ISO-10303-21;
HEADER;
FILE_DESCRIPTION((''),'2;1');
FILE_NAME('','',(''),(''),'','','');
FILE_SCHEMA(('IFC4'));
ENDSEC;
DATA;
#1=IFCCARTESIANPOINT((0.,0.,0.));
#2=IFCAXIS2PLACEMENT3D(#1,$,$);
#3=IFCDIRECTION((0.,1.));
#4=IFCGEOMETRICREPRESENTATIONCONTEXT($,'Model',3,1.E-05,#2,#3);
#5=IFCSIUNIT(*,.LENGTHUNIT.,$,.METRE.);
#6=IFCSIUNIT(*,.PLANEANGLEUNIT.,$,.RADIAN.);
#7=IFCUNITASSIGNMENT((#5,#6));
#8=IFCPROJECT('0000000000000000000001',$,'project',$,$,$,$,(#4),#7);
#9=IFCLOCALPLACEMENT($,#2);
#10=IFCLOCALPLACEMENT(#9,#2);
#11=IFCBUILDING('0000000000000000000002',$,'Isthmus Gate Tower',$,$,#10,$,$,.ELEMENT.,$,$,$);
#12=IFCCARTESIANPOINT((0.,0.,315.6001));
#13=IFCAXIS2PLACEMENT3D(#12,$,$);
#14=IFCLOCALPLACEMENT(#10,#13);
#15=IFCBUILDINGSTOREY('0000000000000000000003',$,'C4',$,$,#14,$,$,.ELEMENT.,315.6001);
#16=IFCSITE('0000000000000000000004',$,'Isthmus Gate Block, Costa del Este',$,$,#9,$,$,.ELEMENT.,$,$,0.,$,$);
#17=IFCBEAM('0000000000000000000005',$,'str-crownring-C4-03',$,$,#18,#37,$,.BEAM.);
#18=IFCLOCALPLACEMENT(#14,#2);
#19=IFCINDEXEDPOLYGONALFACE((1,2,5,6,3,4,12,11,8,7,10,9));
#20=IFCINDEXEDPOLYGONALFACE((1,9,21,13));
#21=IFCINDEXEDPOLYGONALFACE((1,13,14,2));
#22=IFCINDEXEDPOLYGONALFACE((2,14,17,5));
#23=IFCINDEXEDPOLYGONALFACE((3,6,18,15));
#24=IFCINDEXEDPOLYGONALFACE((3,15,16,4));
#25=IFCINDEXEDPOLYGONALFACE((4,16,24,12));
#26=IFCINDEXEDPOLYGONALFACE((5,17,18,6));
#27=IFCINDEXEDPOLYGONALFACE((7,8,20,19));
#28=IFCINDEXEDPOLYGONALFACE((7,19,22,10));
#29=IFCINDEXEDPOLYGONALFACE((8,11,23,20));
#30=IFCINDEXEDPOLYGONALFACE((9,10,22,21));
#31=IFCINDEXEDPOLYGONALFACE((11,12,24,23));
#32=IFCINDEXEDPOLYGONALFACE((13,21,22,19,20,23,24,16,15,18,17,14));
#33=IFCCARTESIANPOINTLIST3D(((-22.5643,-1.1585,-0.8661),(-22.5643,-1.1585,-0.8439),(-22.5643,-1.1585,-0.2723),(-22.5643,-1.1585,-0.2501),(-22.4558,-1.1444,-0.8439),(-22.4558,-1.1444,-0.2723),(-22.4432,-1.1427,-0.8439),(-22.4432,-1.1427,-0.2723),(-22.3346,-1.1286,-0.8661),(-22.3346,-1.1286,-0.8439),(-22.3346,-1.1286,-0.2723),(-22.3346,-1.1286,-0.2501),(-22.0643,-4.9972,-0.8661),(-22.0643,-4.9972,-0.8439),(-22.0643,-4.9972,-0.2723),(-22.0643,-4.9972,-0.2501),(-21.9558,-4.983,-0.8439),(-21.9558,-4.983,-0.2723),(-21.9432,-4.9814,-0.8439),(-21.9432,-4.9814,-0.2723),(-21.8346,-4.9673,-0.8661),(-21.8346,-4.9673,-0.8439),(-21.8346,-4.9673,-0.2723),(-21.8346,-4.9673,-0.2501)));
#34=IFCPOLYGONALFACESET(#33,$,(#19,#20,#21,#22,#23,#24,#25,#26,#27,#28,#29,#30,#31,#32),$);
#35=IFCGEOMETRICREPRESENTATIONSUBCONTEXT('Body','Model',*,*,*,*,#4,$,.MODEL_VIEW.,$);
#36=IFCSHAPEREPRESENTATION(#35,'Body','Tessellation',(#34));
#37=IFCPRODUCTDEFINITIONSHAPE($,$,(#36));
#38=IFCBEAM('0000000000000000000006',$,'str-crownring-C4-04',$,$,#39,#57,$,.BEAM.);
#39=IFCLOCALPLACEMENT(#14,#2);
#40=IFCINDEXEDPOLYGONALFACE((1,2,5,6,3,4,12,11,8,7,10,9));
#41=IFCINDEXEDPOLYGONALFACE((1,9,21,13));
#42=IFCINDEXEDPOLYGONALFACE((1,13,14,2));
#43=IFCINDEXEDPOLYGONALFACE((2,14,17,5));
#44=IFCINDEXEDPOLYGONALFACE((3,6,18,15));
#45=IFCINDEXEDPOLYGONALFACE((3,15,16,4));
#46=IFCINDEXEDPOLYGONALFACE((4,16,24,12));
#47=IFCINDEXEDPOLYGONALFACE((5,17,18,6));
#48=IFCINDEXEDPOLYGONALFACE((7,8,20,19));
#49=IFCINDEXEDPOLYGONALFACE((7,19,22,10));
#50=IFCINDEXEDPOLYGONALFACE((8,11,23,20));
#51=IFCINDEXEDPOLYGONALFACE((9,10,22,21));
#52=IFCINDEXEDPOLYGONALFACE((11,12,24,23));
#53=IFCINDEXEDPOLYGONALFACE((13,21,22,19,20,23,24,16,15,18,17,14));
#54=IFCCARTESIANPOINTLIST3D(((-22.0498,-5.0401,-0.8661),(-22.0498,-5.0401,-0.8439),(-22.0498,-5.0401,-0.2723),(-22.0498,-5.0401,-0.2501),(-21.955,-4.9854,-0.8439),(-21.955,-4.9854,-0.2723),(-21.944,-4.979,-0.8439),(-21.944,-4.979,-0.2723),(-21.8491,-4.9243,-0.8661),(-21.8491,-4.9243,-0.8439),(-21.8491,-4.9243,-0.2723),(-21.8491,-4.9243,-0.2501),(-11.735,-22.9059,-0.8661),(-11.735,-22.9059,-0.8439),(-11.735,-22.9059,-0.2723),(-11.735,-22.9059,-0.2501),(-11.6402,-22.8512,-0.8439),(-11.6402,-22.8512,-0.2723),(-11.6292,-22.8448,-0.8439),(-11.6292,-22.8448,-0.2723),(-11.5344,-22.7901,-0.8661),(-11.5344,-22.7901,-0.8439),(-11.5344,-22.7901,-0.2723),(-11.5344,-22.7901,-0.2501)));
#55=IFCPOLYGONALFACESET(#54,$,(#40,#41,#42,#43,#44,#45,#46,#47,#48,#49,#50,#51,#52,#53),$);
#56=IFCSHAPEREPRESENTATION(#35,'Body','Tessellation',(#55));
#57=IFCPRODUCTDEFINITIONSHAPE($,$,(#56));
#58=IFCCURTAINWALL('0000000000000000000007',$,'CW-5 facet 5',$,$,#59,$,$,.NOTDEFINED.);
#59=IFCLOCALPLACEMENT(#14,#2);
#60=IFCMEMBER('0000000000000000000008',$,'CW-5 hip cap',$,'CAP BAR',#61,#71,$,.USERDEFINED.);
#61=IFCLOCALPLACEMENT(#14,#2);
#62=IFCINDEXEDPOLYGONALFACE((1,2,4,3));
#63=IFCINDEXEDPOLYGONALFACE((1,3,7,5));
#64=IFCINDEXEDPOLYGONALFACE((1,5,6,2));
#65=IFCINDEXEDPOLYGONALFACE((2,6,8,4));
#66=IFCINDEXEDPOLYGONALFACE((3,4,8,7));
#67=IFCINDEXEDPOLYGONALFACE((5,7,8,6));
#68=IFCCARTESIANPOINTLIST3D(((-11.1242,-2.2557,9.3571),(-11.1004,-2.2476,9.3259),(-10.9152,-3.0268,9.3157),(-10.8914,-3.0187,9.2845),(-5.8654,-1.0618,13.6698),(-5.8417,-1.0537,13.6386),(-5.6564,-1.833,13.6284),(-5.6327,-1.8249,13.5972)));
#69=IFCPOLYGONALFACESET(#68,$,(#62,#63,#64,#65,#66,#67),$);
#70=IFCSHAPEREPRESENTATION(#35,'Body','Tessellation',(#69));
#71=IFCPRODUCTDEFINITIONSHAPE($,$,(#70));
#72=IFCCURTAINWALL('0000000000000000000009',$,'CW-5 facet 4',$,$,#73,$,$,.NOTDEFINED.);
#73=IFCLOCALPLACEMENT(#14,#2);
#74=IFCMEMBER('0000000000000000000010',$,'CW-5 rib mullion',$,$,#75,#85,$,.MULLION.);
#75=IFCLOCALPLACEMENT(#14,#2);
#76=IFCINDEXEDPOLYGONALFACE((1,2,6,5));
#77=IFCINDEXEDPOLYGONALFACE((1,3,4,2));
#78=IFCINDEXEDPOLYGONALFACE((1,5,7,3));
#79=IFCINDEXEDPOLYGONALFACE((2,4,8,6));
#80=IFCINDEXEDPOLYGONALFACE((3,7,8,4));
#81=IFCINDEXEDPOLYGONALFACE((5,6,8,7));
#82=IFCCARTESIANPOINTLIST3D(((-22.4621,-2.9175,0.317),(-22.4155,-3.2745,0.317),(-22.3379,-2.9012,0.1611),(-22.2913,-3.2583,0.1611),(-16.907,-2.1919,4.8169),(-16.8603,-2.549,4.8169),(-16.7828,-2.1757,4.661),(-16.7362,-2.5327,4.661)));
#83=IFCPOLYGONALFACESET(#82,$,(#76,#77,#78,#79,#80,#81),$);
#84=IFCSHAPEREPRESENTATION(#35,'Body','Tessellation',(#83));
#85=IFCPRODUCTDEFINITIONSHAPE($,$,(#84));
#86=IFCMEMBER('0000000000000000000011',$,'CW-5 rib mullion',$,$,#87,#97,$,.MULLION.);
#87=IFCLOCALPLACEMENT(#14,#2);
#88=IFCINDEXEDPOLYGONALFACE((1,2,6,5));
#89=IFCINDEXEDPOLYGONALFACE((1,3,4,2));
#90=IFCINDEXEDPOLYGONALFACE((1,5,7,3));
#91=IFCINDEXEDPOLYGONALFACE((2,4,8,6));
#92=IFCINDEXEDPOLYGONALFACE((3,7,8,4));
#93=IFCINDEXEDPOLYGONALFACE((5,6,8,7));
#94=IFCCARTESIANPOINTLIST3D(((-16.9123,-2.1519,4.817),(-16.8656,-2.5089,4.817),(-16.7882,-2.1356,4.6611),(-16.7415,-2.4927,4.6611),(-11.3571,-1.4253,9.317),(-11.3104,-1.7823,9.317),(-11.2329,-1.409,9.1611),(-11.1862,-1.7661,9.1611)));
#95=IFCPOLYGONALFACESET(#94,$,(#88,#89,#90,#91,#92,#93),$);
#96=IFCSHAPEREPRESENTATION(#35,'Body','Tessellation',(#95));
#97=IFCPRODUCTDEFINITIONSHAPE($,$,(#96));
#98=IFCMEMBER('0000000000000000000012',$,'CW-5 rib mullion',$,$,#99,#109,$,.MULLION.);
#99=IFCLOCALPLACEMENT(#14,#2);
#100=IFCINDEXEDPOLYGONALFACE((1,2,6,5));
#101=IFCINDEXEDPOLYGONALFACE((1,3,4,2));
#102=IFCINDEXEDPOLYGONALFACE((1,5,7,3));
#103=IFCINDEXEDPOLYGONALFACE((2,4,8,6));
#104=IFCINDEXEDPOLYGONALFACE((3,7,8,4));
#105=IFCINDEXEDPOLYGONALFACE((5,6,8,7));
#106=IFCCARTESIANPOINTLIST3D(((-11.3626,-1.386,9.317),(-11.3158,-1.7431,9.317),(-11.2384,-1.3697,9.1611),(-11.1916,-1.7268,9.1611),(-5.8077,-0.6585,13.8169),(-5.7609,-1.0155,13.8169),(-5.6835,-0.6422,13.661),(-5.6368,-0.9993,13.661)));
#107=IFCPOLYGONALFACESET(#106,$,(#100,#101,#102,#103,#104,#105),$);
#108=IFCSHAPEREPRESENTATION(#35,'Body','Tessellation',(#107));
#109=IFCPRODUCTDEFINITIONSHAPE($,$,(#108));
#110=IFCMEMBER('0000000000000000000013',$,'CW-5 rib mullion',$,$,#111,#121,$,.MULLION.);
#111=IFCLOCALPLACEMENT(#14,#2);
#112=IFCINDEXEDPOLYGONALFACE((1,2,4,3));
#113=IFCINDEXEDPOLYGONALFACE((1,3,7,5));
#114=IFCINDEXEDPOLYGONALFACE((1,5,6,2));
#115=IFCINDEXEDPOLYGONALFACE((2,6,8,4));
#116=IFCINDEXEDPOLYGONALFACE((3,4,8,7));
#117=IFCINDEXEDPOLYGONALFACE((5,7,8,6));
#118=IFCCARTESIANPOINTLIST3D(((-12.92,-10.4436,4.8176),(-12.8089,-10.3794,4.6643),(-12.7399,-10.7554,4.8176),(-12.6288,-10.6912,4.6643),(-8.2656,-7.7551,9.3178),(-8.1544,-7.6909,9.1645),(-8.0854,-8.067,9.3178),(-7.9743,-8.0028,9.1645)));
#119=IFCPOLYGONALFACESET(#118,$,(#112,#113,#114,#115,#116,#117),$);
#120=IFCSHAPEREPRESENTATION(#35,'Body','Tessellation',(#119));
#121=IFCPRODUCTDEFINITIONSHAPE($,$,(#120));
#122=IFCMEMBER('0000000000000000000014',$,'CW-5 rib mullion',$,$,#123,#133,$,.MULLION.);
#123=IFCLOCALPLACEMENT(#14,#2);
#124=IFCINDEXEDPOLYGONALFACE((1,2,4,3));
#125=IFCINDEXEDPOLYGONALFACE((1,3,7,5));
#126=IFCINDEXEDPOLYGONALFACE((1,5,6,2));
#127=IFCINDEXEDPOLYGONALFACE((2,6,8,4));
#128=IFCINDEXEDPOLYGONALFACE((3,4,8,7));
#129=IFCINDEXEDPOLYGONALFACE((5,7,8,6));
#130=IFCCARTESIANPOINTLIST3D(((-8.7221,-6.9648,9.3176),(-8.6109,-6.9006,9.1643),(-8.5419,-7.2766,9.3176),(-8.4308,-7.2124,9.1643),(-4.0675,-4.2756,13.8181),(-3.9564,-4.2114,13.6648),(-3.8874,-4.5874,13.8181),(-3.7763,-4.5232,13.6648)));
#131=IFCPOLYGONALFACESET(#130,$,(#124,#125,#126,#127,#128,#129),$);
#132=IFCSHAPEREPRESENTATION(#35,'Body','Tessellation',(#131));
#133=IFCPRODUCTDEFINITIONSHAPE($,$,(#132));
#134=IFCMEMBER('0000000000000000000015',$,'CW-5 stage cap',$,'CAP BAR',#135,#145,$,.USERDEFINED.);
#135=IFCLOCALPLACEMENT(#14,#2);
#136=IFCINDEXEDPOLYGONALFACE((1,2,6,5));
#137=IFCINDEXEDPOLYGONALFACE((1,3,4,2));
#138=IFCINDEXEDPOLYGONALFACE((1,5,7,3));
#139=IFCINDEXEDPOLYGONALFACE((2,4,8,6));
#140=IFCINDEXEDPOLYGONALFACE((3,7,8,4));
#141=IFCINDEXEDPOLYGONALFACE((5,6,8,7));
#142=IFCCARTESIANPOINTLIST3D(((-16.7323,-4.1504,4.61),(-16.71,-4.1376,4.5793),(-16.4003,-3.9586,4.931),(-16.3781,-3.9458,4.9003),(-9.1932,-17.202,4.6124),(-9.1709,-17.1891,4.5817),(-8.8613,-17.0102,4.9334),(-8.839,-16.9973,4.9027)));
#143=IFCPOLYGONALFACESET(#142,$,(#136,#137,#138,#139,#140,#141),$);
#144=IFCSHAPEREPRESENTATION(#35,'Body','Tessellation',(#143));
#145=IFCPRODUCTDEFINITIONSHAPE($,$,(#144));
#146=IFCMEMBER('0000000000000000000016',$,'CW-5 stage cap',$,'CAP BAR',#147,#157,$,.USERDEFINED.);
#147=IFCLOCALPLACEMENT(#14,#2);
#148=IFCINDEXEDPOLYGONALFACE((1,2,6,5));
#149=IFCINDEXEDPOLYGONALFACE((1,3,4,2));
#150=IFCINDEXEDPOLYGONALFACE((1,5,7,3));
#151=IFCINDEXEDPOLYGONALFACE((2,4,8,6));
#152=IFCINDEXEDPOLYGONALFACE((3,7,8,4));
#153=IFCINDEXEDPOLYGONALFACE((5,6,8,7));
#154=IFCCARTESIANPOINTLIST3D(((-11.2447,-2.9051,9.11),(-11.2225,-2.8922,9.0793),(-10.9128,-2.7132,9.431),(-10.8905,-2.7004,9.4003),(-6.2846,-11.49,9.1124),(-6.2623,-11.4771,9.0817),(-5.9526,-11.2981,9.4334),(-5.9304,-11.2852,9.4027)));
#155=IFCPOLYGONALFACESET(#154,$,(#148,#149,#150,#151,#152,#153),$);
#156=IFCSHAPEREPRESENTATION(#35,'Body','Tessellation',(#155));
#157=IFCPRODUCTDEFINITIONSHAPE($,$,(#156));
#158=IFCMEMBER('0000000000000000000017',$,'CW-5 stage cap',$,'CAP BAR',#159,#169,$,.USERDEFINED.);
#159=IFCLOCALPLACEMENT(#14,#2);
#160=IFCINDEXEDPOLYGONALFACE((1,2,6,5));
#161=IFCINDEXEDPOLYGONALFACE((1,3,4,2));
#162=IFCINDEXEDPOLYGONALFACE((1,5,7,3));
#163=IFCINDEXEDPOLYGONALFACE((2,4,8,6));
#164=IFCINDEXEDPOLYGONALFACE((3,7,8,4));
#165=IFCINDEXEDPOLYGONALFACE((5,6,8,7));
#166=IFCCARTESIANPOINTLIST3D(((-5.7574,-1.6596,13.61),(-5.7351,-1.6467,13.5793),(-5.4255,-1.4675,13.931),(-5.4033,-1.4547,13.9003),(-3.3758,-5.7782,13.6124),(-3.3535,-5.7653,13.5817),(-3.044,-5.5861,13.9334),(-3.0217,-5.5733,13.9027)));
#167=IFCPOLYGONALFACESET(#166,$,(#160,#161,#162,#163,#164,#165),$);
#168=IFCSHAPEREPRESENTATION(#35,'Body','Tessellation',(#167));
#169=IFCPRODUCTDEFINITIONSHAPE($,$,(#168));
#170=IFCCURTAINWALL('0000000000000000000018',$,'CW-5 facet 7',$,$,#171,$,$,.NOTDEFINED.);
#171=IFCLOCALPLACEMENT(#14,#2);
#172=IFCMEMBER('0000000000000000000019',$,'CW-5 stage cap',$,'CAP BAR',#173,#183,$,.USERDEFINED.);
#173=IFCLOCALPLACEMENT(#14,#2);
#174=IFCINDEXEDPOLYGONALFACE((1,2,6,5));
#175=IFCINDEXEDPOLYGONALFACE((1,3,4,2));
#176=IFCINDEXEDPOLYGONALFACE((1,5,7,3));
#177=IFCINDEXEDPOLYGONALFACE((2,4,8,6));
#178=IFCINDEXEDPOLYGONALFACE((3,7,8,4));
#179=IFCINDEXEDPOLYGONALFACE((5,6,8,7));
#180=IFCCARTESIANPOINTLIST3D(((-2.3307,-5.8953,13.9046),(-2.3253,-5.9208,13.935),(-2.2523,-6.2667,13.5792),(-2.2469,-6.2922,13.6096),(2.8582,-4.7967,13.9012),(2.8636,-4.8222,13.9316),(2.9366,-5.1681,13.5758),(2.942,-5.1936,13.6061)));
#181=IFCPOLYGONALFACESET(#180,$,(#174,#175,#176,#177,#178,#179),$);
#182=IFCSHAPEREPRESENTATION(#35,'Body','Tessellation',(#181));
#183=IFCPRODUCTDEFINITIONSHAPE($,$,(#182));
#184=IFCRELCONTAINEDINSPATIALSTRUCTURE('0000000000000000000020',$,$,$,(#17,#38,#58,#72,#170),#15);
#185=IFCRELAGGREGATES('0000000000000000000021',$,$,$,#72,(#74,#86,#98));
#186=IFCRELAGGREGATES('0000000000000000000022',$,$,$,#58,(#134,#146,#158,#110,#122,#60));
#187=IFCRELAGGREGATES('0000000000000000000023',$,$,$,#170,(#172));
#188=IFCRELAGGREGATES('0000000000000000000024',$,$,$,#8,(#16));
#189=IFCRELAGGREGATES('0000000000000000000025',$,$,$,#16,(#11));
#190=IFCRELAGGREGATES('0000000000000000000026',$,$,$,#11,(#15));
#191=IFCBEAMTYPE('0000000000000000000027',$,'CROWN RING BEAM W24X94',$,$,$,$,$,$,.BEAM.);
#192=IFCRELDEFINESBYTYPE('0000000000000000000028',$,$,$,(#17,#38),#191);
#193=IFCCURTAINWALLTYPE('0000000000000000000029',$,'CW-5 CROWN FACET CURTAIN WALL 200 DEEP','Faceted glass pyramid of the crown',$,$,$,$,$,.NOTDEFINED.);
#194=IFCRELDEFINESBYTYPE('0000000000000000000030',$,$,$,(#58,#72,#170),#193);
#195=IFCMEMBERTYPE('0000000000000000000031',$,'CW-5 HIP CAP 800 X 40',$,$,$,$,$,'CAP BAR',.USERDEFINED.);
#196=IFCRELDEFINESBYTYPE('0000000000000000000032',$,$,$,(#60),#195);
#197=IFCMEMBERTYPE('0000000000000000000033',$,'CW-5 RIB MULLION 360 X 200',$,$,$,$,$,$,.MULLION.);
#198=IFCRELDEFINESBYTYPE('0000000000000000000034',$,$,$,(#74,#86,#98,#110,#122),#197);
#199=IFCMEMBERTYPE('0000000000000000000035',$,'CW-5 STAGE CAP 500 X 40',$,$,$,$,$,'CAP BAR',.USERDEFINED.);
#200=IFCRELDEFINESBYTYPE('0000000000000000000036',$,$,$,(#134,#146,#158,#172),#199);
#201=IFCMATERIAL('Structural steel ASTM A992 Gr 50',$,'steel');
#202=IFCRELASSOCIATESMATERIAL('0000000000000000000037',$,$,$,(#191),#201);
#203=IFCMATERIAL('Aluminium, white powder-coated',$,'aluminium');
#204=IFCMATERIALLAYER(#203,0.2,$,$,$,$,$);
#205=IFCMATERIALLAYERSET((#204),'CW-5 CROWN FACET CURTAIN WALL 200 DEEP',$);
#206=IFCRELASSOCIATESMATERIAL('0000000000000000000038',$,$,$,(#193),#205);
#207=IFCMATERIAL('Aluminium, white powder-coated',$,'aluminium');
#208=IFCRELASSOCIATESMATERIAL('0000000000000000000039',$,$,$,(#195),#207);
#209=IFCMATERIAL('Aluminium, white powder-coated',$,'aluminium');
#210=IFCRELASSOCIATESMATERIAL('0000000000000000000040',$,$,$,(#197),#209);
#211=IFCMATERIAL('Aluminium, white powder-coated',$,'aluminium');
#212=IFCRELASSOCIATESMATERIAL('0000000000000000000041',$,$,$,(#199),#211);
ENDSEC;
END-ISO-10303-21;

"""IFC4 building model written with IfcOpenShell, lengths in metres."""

from ifc_helpers import new_model, si_unit, direction, frame, origin, origin_2d, place, context, subcontext, project, spatial, rectangle, i_section, extrude, material, layer, layer_set, material_profile, profile_set, type_object, element, aggregate, save


model = new_model("IFC4")

# Units and contexts
model_context = context("Model", 3, precision=1e-05, world=origin(), true_north=direction((0.0, 1.0)))
body_context = subcontext(model_context, "Body", "Model", "MODEL_VIEW")
ifc_project = project(units=[si_unit("LENGTHUNIT", "METRE"), si_unit("PLANEANGLEUNIT", "RADIAN")], contexts=[model_context])

# Site, building, storey
site_placement = place(None, origin())
site = spatial("IfcSite", under=ifc_project, at=site_placement, Name="Isthmus Gate Block, Costa del Este", CompositionType="ELEMENT", RefElevation=0.0)
building_placement = place(site_placement, origin())
building = spatial("IfcBuilding", under=site, at=building_placement, Name="Isthmus Gate Tower", CompositionType="ELEMENT")
storey_placement = place(building_placement, frame((0.0, 0.0, 315.6001)))
storey = spatial("IfcBuildingStorey", under=building, at=storey_placement, Name="C4", CompositionType="ELEMENT", Elevation=315.6001)

# Beams
ifc_material_1 = material(Name="Structural steel ASTM A992 Gr 50", Category="steel")
ifc_material_profile_1 = material_profile(ifc_material_1, i_section(OverallWidth=0.2317, OverallDepth=0.616, WebThickness=0.0127, FlangeThickness=0.0222, at=origin_2d()), Name="W24X94")
ifc_profile_set_1 = profile_set([ifc_material_profile_1], Name="Structural steel ASTM A992 Gr 50")
beam_type = type_object("IfcBeamType", Name="CROWN RING BEAM W24X94", PredefinedType="BEAM", material=ifc_profile_set_1)
beam_1_placement = place(storey_placement, frame((-22.4495, -1.1436, -0.5581), z_axis=(0.129164, -0.991623, 0.0), x_axis=(0.991623, 0.129164, 0.0)))
element("IfcBeam", 1, at=beam_1_placement, inside=storey, type_object=beam_type, Name="str-crownring-C4-03", PredefinedType="BEAM", context=body_context, shape_type="SweptSolid", body=[
    extrude(i_section(OverallWidth=0.2317, OverallDepth=0.616, WebThickness=0.0127, FlangeThickness=0.0222, at=origin_2d()), origin(), (0.0, 0.0, 1.0), 3.8711),
])
beam_2_placement = place(storey_placement, frame((-21.9495, -4.9822, -0.5581), z_axis=(0.499997, -0.866027, 0.0), x_axis=(0.866027, 0.499997, 0.0)))
element("IfcBeam", 2, at=beam_2_placement, inside=storey, type_object=beam_type, Name="str-crownring-C4-04", PredefinedType="BEAM", context=body_context, shape_type="SweptSolid", body=[
    extrude(i_section(OverallWidth=0.2317, OverallDepth=0.616, WebThickness=0.0127, FlangeThickness=0.0222, at=origin_2d()), origin(), (0.0, 0.0, 1.0), 20.6296),
])

# Curtain wall, member
ifc_material_2 = material(Name="Aluminium, white powder-coated", Category="aluminium")
ifc_layer_1 = layer(ifc_material_2, 0.2)
ifc_layer_set_1 = layer_set([ifc_layer_1], Name="CW-5 CROWN FACET CURTAIN WALL 200 DEEP")
curtain_wall_type = type_object("IfcCurtainWallType", Name="CW-5 CROWN FACET CURTAIN WALL 200 DEEP", Description="Faceted glass pyramid of the crown", PredefinedType="NOTDEFINED", material=ifc_layer_set_1)
curtain_wall_1_placement = place(storey_placement, origin())
curtain_wall_1 = element("IfcCurtainWall", 3, at=curtain_wall_1_placement, inside=storey, type_object=curtain_wall_type, Name="CW-5 facet 5", PredefinedType="NOTDEFINED")
ifc_material_3 = material(Name="Aluminium, white powder-coated", Category="aluminium")
ifc_material_profile_2 = material_profile(ifc_material_3, rectangle(XDim=0.8, YDim=0.04, at=origin_2d()), Name="800x40")
ifc_profile_set_2 = profile_set([ifc_material_profile_2], Name="Aluminium, white powder-coated")
member_type_1 = type_object("IfcMemberType", Name="CW-5 HIP CAP 800 X 40", ElementType="CAP BAR", PredefinedType="USERDEFINED", material=ifc_profile_set_2)
placement_1 = place(building_placement, frame((0.0, 0.0, 324.6001)))
member_1_placement = place(placement_1, frame((-11.0078, -2.6372, 0.3208), z_axis=(0.761585, 0.172895, 0.624577), x_axis=(-0.261221, 0.963894, 0.051699)))
member_1 = element("IfcMember", 4, at=member_1_placement, type_object=member_type_1, Name="CW-5 hip cap", ObjectType="CAP BAR", PredefinedType="USERDEFINED", context=body_context, shape_type="SweptSolid", body=[
    extrude(rectangle(XDim=0.8, YDim=0.04, at=origin_2d()), origin(), (0.0, 0.0, 1.0), 6.905),
])

# Curtain wall, members
curtain_wall_2_placement = place(storey_placement, origin())
curtain_wall_2 = element("IfcCurtainWall", 5, at=curtain_wall_2_placement, inside=storey, type_object=curtain_wall_type, Name="CW-5 facet 4", PredefinedType="NOTDEFINED")
ifc_material_4 = material(Name="Aluminium, white powder-coated", Category="aluminium")
ifc_material_profile_3 = material_profile(ifc_material_4, rectangle(XDim=0.3601, YDim=0.2, at=origin_2d()), Name="360x200")
ifc_profile_set_3 = profile_set([ifc_material_profile_3], Name="Aluminium, white powder-coated")
member_type_2 = type_object("IfcMemberType", Name="CW-5 RIB MULLION 360 X 200", PredefinedType="MULLION", material=ifc_profile_set_3)
member_2_placement = place(storey_placement, frame((-22.3767, -3.0879, 0.239), z_axis=(0.773071, 0.100974, 0.626231), x_axis=(-0.129514, 0.991578, 0.0)))
member_2 = element("IfcMember", 6, at=member_2_placement, type_object=member_type_2, Name="CW-5 rib mullion", PredefinedType="MULLION", context=body_context, shape_type="SweptSolid", body=[
    extrude(rectangle(XDim=0.3601, YDim=0.2, at=origin_2d()), origin(), (0.0, 0.0, 1.0), 7.1858),
])
placement_2 = place(building_placement, frame((0.0, 0.0, 320.1001)))
member_3_placement = place(placement_2, frame((-16.8269, -2.3223, 0.239), z_axis=(0.773061, 0.101109, 0.626222), x_axis=(-0.129686, 0.991555, 0.0)))
member_3 = element("IfcMember", 7, at=member_3_placement, type_object=member_type_2, Name="CW-5 rib mullion", PredefinedType="MULLION", context=body_context, shape_type="SweptSolid", body=[
    extrude(rectangle(XDim=0.3601, YDim=0.2, at=origin_2d()), origin(), (0.0, 0.0, 1.0), 7.186),
])
member_4_placement = place(placement_1, frame((-11.2771, -1.5564, 0.239), z_axis=(0.773036, 0.101246, 0.62623), x_axis=(-0.129863, 0.991532, 0.0)))
member_4 = element("IfcMember", 8, at=member_4_placement, type_object=member_type_2, Name="CW-5 rib mullion", PredefinedType="MULLION", context=body_context, shape_type="SweptSolid", body=[
    extrude(rectangle(XDim=0.3601, YDim=0.2, at=origin_2d()), origin(), (0.0, 0.0, 1.0), 7.1858),
])

# Members
member_5_placement = place(placement_2, frame((-12.7744, -10.5674, 0.241), z_axis=(0.663954, 0.383502, 0.641944), x_axis=(-0.500164, 0.865931, 0.0)))
member_5 = element("IfcMember", 9, at=member_5_placement, type_object=member_type_2, Name="CW-5 rib mullion", PredefinedType="MULLION", context=body_context, shape_type="SweptSolid", body=[
    extrude(rectangle(XDim=0.3601, YDim=0.2, at=origin_2d()), origin(), (0.0, 0.0, 1.0), 7.0103),
])
member_6_placement = place(placement_1, frame((-8.5764, -7.0886, 0.241), z_axis=(0.663912, 0.383582, 0.641939), x_axis=(-0.500266, 0.865872, 0.0)))
member_6 = element("IfcMember", 10, at=member_6_placement, type_object=member_type_2, Name="CW-5 rib mullion", PredefinedType="MULLION", context=body_context, shape_type="SweptSolid", body=[
    extrude(rectangle(XDim=0.3601, YDim=0.2, at=origin_2d()), origin(), (0.0, 0.0, 1.0), 7.0107),
])
ifc_material_5 = material(Name="Aluminium, white powder-coated", Category="aluminium")
ifc_material_profile_4 = material_profile(ifc_material_5, rectangle(XDim=0.5, YDim=0.04, at=origin_2d()), Name="500x40")
ifc_profile_set_4 = profile_set([ifc_material_profile_4], Name="Aluminium, white powder-coated")
member_type_3 = type_object("IfcMemberType", Name="CW-5 STAGE CAP 500 X 40", ElementType="CAP BAR", PredefinedType="USERDEFINED", material=ifc_profile_set_4)
member_7_placement = place(storey_placement, frame((-16.5552, -4.0481, 4.7551), z_axis=(0.500187, -0.865917, 0.000162), x_axis=(0.663897, 0.383613, 0.641937)))
member_7 = element("IfcMember", 11, at=member_7_placement, type_object=member_type_3, Name="CW-5 stage cap", ObjectType="CAP BAR", PredefinedType="USERDEFINED", context=body_context, shape_type="SweptSolid", body=[
    extrude(rectangle(XDim=0.5, YDim=0.04, at=origin_2d()), origin(), (0.0, 0.0, 1.0), 15.0725),
])
member_8_placement = place(placement_2, frame((-11.0676, -2.8027, 4.7551), z_axis=(0.500278, -0.865865, 0.000246), x_axis=(0.663829, 0.383729, 0.641937)))
member_8 = element("IfcMember", 12, at=member_8_placement, type_object=member_type_3, Name="CW-5 stage cap", ObjectType="CAP BAR", PredefinedType="USERDEFINED", context=body_context, shape_type="SweptSolid", body=[
    extrude(rectangle(XDim=0.5, YDim=0.04, at=origin_2d()), origin(), (0.0, 0.0, 1.0), 9.9148),
])
member_9_placement = place(placement_1, frame((-5.5803, -1.5571, 4.7551), z_axis=(0.500581, -0.86569, 0.000513), x_axis=(0.663609, 0.38411, 0.641936)))
member_9 = element("IfcMember", 13, at=member_9_placement, type_object=member_type_3, Name="CW-5 stage cap", ObjectType="CAP BAR", PredefinedType="USERDEFINED", context=body_context, shape_type="SweptSolid", body=[
    extrude(rectangle(XDim=0.5, YDim=0.04, at=origin_2d()), origin(), (0.0, 0.0, 1.0), 4.7576),
])

# Curtain wall, member
curtain_wall_3_placement = place(storey_placement, origin())
curtain_wall_3 = element("IfcCurtainWall", 14, at=curtain_wall_3_placement, inside=storey, type_object=curtain_wall_type, Name="CW-5 facet 7", PredefinedType="NOTDEFINED")
member_10_placement = place(placement_1, frame((-2.2888, -6.0938, 4.7571), z_axis=(0.978313, 0.207133, -0.000644), x_axis=(-0.156849, 0.742838, 0.650838)))
member_10 = element("IfcMember", 15, at=member_10_placement, type_object=member_type_3, Name="CW-5 stage cap", ObjectType="CAP BAR", PredefinedType="USERDEFINED", context=body_context, shape_type="SweptSolid", body=[
    extrude(rectangle(XDim=0.5, YDim=0.04, at=origin_2d()), origin(), (0.0, 0.0, 1.0), 5.304),
])

aggregate(curtain_wall_2, [member_2, member_3, member_4])
aggregate(curtain_wall_1, [member_7, member_8, member_9, member_5, member_6, member_1])

aggregate(curtain_wall_3, [member_10])

save(model, "model.ifc")
